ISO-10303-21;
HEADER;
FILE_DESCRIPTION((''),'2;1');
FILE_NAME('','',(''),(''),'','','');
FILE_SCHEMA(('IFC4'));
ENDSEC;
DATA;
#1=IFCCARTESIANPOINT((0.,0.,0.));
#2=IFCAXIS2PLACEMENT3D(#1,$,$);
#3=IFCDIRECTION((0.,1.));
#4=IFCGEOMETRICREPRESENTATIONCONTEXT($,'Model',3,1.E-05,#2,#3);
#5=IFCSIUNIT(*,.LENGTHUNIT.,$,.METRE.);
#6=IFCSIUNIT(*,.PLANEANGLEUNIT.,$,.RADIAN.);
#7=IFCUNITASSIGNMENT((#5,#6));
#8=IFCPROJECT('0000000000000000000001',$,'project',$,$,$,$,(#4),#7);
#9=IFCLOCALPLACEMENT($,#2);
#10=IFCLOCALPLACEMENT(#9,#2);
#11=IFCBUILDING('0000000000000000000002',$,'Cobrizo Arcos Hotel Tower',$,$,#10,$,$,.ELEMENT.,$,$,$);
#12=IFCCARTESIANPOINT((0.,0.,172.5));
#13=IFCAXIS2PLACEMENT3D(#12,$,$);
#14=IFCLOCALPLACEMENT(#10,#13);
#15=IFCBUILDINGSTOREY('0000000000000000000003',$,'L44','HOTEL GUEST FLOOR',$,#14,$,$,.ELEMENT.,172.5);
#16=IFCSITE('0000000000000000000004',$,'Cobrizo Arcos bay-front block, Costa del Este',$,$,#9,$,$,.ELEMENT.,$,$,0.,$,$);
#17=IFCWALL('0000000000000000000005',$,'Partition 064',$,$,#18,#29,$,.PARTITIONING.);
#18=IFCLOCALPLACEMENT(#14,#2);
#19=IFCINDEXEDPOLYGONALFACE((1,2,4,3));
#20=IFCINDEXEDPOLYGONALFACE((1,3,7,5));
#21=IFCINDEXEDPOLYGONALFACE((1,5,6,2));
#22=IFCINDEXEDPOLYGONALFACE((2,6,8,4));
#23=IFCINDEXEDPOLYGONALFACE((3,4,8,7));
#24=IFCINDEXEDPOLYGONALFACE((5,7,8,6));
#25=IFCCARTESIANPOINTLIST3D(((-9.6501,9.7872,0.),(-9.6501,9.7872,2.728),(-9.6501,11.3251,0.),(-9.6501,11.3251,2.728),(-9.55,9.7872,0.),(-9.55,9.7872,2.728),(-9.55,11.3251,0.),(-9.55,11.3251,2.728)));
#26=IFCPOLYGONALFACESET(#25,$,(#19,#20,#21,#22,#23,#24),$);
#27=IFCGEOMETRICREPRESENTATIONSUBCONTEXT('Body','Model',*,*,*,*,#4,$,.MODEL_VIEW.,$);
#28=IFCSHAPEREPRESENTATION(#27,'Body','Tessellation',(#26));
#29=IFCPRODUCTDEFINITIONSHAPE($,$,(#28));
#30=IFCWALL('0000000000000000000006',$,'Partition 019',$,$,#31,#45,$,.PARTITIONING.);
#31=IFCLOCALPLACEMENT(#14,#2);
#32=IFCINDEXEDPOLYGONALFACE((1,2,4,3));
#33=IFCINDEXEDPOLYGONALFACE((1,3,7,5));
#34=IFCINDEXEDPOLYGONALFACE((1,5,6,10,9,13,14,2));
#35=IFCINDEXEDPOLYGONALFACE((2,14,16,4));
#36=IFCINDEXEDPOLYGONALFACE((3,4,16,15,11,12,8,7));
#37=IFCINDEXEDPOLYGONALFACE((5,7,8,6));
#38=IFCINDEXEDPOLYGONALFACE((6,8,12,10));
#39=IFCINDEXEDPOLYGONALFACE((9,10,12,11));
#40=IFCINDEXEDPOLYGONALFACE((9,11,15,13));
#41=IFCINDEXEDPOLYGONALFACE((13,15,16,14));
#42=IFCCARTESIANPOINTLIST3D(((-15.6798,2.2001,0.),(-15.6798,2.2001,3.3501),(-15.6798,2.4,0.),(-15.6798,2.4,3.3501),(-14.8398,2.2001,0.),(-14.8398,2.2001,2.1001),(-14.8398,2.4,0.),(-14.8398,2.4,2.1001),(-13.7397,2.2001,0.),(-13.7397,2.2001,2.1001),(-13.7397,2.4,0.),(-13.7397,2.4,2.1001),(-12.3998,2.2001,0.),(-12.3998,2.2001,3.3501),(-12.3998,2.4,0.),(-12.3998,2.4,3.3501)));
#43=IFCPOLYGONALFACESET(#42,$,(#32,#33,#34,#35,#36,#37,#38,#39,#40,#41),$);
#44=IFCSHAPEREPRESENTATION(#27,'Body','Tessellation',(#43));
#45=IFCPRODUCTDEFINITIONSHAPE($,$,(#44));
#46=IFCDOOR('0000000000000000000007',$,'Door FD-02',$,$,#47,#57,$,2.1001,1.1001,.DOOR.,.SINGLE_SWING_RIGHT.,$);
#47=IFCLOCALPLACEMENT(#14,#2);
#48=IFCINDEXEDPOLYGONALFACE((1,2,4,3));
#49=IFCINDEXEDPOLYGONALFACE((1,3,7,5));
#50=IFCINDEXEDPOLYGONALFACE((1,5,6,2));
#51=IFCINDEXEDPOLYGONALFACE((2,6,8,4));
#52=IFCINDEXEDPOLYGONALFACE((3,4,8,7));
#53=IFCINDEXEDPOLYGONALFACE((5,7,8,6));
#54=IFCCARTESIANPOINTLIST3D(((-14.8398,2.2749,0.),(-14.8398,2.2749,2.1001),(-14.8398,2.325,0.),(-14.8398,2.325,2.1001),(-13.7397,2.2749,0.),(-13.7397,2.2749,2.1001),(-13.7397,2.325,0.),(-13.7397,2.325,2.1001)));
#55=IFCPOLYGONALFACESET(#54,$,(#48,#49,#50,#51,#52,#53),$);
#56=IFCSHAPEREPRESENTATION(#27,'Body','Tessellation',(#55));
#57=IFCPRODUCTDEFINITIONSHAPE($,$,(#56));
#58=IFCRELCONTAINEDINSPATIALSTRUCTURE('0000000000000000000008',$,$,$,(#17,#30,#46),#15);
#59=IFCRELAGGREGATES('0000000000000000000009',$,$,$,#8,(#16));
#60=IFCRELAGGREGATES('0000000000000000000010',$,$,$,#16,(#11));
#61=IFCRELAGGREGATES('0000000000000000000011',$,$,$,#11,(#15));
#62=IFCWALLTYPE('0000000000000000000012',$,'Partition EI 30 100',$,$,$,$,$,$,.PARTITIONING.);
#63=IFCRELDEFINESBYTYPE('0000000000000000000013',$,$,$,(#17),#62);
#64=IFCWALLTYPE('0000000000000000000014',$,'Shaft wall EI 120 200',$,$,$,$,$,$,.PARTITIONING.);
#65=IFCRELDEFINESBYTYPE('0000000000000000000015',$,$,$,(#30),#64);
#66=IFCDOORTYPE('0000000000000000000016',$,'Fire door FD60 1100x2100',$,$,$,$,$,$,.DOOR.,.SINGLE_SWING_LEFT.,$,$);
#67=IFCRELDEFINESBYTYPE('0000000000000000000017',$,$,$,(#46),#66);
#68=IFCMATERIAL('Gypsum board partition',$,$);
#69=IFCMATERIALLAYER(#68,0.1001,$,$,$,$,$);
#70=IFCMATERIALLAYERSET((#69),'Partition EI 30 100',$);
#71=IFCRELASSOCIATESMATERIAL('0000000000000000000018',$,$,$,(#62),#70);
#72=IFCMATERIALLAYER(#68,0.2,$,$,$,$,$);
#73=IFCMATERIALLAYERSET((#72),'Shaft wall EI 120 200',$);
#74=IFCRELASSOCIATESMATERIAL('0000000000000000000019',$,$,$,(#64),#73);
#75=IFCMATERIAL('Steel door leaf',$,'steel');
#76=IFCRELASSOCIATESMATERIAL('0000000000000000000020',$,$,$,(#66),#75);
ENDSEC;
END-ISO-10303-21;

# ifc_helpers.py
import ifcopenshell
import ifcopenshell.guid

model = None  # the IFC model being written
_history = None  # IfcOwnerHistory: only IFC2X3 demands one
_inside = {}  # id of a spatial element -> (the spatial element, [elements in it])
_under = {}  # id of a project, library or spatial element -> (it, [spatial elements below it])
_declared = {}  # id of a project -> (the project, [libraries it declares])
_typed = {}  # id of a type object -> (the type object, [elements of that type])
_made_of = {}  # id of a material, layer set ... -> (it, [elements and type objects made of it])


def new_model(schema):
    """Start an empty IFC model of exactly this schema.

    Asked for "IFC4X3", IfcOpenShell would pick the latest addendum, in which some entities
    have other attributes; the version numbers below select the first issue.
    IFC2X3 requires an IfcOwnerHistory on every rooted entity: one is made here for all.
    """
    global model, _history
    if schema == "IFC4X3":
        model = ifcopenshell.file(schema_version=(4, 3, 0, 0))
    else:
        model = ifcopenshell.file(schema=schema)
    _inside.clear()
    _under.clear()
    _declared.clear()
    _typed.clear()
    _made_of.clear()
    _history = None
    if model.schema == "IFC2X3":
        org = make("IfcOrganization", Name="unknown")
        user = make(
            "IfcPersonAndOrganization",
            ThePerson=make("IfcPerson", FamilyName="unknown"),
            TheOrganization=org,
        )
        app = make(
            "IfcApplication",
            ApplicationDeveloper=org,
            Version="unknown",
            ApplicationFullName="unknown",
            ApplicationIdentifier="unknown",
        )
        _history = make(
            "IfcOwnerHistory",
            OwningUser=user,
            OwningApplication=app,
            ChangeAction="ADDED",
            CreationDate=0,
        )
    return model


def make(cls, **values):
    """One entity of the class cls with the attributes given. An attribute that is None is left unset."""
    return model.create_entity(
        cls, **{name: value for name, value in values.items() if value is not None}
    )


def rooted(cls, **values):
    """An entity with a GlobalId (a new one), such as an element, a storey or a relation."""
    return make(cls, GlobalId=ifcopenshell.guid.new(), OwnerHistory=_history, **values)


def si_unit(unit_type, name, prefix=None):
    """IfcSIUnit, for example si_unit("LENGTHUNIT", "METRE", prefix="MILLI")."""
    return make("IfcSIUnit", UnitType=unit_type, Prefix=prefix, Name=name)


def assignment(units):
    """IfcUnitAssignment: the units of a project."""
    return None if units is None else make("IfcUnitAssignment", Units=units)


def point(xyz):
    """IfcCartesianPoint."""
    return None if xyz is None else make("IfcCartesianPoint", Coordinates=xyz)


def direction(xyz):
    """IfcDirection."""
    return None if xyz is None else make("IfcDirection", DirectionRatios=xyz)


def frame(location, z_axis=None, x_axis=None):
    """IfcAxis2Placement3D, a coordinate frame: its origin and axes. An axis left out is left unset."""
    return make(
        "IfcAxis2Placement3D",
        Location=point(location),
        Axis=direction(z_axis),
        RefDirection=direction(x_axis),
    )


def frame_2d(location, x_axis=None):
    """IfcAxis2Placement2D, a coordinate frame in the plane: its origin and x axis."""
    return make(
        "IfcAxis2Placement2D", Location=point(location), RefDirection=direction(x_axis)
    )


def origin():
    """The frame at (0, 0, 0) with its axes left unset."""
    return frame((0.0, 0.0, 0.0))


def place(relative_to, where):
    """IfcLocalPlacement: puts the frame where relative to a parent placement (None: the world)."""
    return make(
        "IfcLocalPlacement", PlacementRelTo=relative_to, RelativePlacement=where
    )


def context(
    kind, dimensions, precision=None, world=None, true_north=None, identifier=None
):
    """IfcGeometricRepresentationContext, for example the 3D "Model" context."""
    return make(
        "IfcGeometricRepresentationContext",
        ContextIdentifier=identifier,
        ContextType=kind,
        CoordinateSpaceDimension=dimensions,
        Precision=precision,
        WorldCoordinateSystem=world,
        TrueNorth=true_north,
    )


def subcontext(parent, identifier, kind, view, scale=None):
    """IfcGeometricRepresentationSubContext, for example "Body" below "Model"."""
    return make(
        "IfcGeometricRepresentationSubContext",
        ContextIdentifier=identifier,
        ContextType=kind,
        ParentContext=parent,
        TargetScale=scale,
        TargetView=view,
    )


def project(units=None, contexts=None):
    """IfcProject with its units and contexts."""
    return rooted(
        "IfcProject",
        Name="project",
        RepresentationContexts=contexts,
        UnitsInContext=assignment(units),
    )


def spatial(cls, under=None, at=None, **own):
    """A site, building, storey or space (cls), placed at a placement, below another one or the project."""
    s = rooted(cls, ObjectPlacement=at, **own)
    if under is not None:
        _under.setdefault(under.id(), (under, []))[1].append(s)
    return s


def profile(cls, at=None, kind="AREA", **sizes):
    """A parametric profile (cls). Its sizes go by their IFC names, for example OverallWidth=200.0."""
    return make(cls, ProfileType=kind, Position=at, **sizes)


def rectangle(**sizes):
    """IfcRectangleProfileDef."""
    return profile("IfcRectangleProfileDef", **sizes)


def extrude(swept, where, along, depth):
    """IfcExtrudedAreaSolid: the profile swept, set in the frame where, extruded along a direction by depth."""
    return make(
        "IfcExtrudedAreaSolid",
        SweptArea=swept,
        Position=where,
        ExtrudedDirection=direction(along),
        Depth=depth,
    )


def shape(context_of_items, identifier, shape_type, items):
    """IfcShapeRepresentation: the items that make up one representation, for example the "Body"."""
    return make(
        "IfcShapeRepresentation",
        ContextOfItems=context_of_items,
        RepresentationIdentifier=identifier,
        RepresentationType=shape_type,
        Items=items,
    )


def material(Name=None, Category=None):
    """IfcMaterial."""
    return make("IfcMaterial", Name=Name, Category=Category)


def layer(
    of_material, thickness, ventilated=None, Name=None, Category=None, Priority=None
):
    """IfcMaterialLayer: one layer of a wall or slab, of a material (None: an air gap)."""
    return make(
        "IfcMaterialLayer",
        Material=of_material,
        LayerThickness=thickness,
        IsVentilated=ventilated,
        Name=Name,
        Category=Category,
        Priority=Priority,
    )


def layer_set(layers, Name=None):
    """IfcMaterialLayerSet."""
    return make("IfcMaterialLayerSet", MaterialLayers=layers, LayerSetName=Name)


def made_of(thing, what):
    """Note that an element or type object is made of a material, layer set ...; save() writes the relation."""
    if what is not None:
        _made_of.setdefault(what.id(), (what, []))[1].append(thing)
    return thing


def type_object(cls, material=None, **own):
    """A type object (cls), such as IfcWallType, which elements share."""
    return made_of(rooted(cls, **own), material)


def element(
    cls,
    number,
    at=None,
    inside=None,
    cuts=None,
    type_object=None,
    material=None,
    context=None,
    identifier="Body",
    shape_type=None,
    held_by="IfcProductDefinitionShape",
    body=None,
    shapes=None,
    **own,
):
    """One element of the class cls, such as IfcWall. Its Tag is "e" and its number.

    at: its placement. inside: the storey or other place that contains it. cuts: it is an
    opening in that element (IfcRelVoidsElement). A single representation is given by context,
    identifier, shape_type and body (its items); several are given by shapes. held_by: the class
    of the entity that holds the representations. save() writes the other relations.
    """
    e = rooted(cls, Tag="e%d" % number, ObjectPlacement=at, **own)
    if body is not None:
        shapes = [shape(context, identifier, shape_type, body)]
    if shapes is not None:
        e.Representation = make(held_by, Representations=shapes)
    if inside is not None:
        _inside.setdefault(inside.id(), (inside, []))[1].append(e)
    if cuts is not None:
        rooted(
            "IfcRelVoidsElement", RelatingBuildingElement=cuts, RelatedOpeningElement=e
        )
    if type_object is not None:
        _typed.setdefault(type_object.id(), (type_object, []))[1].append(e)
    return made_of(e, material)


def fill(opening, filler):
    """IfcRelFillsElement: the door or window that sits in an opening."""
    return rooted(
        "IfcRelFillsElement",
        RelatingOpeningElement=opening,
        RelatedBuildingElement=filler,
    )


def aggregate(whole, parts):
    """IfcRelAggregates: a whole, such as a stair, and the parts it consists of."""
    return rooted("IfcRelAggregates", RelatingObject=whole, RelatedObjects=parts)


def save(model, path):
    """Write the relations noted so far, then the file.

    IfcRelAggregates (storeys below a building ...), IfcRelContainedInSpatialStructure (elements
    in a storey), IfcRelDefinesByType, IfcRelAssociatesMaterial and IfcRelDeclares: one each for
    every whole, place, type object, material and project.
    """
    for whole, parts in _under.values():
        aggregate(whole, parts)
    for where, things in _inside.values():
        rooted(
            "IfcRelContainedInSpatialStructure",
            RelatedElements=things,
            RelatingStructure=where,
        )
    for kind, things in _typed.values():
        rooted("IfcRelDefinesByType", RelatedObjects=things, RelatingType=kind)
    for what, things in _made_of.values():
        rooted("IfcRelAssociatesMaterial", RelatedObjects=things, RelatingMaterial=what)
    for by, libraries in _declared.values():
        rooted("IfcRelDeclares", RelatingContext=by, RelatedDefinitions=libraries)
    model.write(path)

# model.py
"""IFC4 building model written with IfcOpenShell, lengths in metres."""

from ifc_helpers import new_model, si_unit, direction, frame, frame_2d, origin, place, context, subcontext, project, spatial, rectangle, extrude, material, layer, layer_set, type_object, element, fill, save


model = new_model("IFC4")

# Units and contexts
model_context = context("Model", 3, precision=1e-05, world=origin(), true_north=direction((0.0, 1.0)))
body_context = subcontext(model_context, "Body", "Model", "MODEL_VIEW")
ifc_project = project(units=[si_unit("LENGTHUNIT", "METRE"), si_unit("PLANEANGLEUNIT", "RADIAN")], contexts=[model_context])

# Site, building, storey
site_placement = place(None, origin())
site = spatial("IfcSite", under=ifc_project, at=site_placement, Name="Cobrizo Arcos bay-front block, Costa del Este", CompositionType="ELEMENT", RefElevation=0.0)
building_placement = place(site_placement, origin())
building = spatial("IfcBuilding", under=site, at=building_placement, Name="Cobrizo Arcos Hotel Tower", CompositionType="ELEMENT")
storey_placement = place(building_placement, frame((0.0, 0.0, 172.5)))
storey = spatial("IfcBuildingStorey", under=building, at=storey_placement, Name="L44", Description="HOTEL GUEST FLOOR", CompositionType="ELEMENT", Elevation=172.5)

# Wall
ifc_material_1 = material(Name="Gypsum board partition")
ifc_layer_1 = layer(ifc_material_1, 0.1001)
ifc_layer_set_1 = layer_set([ifc_layer_1], Name="Partition EI 30 100")
wall_type_1 = type_object("IfcWallType", Name="Partition EI 30 100", PredefinedType="PARTITIONING", material=ifc_layer_set_1)
wall_1_placement = place(storey_placement, frame((-9.6001, 9.7871, 0.0), z_axis=(0.0, 0.0, 1.0), x_axis=(0.0, 1.0, 0.0)))
element("IfcWall", 1, at=wall_1_placement, inside=storey, type_object=wall_type_1, Name="Partition 064", PredefinedType="PARTITIONING", context=body_context, shape_type="SweptSolid", body=[
    extrude(rectangle(XDim=1.5378, YDim=0.1001, at=frame_2d((0.769, 0.0))), origin(), (0.0, 0.0, 1.0), 2.728),
])

# Wall, opening, door
ifc_layer_2 = layer(ifc_material_1, 0.2)
ifc_layer_set_2 = layer_set([ifc_layer_2], Name="Shaft wall EI 120 200")
wall_type_2 = type_object("IfcWallType", Name="Shaft wall EI 120 200", PredefinedType="PARTITIONING", material=ifc_layer_set_2)
wall_2_placement = place(storey_placement, frame((-15.6799, 2.3, 0.0), z_axis=(0.0, 0.0, 1.0), x_axis=(1.0, 0.0, 0.0)))
wall_2 = element("IfcWall", 2, at=wall_2_placement, inside=storey, type_object=wall_type_2, Name="Partition 019", PredefinedType="PARTITIONING", context=body_context, shape_type="SweptSolid", body=[
    extrude(rectangle(XDim=3.28, YDim=0.2, at=frame_2d((1.6401, 0.0))), origin(), (0.0, 0.0, 1.0), 3.3501),
])
opening_placement = place(wall_2_placement, frame((0.8401, 0.0, 0.0)))
opening = element("IfcOpeningElement", 3, at=opening_placement, cuts=wall_2, PredefinedType="OPENING", context=body_context, shape_type="SweptSolid", body=[
    extrude(rectangle(XDim=1.1001, YDim=2.1001, at=frame_2d((0.55, 1.05))), frame((0.0, 0.1121, 0.0), z_axis=(0.0, -1.0, 0.0), x_axis=(1.0, 0.0, 0.0)), (0.0, 0.0, 1.0), 0.2239),
])
ifc_material_2 = material(Name="Steel door leaf", Category="steel")
door_type = type_object("IfcDoorType", Name="Fire door FD60 1100x2100", OperationType="SINGLE_SWING_LEFT", PredefinedType="DOOR", material=ifc_material_2)
door_placement = place(opening_placement, origin())
door = element("IfcDoor", 4, at=door_placement, inside=storey, type_object=door_type, Name="Door FD-02", OperationType="SINGLE_SWING_RIGHT", OverallHeight=2.1001, OverallWidth=1.1001, PredefinedType="DOOR", context=body_context, shape_type="SweptSolid", body=[
    extrude(rectangle(XDim=1.1001, YDim=2.1001, at=frame_2d((0.55, 1.05))), frame((0.0, 0.0249, 0.0), z_axis=(0.0, -1.0, 0.0), x_axis=(1.0, 0.0, 0.0)), (0.0, 0.0, 1.0), 0.05),
])
fill(opening, door)

save(model, "model.ifc")
